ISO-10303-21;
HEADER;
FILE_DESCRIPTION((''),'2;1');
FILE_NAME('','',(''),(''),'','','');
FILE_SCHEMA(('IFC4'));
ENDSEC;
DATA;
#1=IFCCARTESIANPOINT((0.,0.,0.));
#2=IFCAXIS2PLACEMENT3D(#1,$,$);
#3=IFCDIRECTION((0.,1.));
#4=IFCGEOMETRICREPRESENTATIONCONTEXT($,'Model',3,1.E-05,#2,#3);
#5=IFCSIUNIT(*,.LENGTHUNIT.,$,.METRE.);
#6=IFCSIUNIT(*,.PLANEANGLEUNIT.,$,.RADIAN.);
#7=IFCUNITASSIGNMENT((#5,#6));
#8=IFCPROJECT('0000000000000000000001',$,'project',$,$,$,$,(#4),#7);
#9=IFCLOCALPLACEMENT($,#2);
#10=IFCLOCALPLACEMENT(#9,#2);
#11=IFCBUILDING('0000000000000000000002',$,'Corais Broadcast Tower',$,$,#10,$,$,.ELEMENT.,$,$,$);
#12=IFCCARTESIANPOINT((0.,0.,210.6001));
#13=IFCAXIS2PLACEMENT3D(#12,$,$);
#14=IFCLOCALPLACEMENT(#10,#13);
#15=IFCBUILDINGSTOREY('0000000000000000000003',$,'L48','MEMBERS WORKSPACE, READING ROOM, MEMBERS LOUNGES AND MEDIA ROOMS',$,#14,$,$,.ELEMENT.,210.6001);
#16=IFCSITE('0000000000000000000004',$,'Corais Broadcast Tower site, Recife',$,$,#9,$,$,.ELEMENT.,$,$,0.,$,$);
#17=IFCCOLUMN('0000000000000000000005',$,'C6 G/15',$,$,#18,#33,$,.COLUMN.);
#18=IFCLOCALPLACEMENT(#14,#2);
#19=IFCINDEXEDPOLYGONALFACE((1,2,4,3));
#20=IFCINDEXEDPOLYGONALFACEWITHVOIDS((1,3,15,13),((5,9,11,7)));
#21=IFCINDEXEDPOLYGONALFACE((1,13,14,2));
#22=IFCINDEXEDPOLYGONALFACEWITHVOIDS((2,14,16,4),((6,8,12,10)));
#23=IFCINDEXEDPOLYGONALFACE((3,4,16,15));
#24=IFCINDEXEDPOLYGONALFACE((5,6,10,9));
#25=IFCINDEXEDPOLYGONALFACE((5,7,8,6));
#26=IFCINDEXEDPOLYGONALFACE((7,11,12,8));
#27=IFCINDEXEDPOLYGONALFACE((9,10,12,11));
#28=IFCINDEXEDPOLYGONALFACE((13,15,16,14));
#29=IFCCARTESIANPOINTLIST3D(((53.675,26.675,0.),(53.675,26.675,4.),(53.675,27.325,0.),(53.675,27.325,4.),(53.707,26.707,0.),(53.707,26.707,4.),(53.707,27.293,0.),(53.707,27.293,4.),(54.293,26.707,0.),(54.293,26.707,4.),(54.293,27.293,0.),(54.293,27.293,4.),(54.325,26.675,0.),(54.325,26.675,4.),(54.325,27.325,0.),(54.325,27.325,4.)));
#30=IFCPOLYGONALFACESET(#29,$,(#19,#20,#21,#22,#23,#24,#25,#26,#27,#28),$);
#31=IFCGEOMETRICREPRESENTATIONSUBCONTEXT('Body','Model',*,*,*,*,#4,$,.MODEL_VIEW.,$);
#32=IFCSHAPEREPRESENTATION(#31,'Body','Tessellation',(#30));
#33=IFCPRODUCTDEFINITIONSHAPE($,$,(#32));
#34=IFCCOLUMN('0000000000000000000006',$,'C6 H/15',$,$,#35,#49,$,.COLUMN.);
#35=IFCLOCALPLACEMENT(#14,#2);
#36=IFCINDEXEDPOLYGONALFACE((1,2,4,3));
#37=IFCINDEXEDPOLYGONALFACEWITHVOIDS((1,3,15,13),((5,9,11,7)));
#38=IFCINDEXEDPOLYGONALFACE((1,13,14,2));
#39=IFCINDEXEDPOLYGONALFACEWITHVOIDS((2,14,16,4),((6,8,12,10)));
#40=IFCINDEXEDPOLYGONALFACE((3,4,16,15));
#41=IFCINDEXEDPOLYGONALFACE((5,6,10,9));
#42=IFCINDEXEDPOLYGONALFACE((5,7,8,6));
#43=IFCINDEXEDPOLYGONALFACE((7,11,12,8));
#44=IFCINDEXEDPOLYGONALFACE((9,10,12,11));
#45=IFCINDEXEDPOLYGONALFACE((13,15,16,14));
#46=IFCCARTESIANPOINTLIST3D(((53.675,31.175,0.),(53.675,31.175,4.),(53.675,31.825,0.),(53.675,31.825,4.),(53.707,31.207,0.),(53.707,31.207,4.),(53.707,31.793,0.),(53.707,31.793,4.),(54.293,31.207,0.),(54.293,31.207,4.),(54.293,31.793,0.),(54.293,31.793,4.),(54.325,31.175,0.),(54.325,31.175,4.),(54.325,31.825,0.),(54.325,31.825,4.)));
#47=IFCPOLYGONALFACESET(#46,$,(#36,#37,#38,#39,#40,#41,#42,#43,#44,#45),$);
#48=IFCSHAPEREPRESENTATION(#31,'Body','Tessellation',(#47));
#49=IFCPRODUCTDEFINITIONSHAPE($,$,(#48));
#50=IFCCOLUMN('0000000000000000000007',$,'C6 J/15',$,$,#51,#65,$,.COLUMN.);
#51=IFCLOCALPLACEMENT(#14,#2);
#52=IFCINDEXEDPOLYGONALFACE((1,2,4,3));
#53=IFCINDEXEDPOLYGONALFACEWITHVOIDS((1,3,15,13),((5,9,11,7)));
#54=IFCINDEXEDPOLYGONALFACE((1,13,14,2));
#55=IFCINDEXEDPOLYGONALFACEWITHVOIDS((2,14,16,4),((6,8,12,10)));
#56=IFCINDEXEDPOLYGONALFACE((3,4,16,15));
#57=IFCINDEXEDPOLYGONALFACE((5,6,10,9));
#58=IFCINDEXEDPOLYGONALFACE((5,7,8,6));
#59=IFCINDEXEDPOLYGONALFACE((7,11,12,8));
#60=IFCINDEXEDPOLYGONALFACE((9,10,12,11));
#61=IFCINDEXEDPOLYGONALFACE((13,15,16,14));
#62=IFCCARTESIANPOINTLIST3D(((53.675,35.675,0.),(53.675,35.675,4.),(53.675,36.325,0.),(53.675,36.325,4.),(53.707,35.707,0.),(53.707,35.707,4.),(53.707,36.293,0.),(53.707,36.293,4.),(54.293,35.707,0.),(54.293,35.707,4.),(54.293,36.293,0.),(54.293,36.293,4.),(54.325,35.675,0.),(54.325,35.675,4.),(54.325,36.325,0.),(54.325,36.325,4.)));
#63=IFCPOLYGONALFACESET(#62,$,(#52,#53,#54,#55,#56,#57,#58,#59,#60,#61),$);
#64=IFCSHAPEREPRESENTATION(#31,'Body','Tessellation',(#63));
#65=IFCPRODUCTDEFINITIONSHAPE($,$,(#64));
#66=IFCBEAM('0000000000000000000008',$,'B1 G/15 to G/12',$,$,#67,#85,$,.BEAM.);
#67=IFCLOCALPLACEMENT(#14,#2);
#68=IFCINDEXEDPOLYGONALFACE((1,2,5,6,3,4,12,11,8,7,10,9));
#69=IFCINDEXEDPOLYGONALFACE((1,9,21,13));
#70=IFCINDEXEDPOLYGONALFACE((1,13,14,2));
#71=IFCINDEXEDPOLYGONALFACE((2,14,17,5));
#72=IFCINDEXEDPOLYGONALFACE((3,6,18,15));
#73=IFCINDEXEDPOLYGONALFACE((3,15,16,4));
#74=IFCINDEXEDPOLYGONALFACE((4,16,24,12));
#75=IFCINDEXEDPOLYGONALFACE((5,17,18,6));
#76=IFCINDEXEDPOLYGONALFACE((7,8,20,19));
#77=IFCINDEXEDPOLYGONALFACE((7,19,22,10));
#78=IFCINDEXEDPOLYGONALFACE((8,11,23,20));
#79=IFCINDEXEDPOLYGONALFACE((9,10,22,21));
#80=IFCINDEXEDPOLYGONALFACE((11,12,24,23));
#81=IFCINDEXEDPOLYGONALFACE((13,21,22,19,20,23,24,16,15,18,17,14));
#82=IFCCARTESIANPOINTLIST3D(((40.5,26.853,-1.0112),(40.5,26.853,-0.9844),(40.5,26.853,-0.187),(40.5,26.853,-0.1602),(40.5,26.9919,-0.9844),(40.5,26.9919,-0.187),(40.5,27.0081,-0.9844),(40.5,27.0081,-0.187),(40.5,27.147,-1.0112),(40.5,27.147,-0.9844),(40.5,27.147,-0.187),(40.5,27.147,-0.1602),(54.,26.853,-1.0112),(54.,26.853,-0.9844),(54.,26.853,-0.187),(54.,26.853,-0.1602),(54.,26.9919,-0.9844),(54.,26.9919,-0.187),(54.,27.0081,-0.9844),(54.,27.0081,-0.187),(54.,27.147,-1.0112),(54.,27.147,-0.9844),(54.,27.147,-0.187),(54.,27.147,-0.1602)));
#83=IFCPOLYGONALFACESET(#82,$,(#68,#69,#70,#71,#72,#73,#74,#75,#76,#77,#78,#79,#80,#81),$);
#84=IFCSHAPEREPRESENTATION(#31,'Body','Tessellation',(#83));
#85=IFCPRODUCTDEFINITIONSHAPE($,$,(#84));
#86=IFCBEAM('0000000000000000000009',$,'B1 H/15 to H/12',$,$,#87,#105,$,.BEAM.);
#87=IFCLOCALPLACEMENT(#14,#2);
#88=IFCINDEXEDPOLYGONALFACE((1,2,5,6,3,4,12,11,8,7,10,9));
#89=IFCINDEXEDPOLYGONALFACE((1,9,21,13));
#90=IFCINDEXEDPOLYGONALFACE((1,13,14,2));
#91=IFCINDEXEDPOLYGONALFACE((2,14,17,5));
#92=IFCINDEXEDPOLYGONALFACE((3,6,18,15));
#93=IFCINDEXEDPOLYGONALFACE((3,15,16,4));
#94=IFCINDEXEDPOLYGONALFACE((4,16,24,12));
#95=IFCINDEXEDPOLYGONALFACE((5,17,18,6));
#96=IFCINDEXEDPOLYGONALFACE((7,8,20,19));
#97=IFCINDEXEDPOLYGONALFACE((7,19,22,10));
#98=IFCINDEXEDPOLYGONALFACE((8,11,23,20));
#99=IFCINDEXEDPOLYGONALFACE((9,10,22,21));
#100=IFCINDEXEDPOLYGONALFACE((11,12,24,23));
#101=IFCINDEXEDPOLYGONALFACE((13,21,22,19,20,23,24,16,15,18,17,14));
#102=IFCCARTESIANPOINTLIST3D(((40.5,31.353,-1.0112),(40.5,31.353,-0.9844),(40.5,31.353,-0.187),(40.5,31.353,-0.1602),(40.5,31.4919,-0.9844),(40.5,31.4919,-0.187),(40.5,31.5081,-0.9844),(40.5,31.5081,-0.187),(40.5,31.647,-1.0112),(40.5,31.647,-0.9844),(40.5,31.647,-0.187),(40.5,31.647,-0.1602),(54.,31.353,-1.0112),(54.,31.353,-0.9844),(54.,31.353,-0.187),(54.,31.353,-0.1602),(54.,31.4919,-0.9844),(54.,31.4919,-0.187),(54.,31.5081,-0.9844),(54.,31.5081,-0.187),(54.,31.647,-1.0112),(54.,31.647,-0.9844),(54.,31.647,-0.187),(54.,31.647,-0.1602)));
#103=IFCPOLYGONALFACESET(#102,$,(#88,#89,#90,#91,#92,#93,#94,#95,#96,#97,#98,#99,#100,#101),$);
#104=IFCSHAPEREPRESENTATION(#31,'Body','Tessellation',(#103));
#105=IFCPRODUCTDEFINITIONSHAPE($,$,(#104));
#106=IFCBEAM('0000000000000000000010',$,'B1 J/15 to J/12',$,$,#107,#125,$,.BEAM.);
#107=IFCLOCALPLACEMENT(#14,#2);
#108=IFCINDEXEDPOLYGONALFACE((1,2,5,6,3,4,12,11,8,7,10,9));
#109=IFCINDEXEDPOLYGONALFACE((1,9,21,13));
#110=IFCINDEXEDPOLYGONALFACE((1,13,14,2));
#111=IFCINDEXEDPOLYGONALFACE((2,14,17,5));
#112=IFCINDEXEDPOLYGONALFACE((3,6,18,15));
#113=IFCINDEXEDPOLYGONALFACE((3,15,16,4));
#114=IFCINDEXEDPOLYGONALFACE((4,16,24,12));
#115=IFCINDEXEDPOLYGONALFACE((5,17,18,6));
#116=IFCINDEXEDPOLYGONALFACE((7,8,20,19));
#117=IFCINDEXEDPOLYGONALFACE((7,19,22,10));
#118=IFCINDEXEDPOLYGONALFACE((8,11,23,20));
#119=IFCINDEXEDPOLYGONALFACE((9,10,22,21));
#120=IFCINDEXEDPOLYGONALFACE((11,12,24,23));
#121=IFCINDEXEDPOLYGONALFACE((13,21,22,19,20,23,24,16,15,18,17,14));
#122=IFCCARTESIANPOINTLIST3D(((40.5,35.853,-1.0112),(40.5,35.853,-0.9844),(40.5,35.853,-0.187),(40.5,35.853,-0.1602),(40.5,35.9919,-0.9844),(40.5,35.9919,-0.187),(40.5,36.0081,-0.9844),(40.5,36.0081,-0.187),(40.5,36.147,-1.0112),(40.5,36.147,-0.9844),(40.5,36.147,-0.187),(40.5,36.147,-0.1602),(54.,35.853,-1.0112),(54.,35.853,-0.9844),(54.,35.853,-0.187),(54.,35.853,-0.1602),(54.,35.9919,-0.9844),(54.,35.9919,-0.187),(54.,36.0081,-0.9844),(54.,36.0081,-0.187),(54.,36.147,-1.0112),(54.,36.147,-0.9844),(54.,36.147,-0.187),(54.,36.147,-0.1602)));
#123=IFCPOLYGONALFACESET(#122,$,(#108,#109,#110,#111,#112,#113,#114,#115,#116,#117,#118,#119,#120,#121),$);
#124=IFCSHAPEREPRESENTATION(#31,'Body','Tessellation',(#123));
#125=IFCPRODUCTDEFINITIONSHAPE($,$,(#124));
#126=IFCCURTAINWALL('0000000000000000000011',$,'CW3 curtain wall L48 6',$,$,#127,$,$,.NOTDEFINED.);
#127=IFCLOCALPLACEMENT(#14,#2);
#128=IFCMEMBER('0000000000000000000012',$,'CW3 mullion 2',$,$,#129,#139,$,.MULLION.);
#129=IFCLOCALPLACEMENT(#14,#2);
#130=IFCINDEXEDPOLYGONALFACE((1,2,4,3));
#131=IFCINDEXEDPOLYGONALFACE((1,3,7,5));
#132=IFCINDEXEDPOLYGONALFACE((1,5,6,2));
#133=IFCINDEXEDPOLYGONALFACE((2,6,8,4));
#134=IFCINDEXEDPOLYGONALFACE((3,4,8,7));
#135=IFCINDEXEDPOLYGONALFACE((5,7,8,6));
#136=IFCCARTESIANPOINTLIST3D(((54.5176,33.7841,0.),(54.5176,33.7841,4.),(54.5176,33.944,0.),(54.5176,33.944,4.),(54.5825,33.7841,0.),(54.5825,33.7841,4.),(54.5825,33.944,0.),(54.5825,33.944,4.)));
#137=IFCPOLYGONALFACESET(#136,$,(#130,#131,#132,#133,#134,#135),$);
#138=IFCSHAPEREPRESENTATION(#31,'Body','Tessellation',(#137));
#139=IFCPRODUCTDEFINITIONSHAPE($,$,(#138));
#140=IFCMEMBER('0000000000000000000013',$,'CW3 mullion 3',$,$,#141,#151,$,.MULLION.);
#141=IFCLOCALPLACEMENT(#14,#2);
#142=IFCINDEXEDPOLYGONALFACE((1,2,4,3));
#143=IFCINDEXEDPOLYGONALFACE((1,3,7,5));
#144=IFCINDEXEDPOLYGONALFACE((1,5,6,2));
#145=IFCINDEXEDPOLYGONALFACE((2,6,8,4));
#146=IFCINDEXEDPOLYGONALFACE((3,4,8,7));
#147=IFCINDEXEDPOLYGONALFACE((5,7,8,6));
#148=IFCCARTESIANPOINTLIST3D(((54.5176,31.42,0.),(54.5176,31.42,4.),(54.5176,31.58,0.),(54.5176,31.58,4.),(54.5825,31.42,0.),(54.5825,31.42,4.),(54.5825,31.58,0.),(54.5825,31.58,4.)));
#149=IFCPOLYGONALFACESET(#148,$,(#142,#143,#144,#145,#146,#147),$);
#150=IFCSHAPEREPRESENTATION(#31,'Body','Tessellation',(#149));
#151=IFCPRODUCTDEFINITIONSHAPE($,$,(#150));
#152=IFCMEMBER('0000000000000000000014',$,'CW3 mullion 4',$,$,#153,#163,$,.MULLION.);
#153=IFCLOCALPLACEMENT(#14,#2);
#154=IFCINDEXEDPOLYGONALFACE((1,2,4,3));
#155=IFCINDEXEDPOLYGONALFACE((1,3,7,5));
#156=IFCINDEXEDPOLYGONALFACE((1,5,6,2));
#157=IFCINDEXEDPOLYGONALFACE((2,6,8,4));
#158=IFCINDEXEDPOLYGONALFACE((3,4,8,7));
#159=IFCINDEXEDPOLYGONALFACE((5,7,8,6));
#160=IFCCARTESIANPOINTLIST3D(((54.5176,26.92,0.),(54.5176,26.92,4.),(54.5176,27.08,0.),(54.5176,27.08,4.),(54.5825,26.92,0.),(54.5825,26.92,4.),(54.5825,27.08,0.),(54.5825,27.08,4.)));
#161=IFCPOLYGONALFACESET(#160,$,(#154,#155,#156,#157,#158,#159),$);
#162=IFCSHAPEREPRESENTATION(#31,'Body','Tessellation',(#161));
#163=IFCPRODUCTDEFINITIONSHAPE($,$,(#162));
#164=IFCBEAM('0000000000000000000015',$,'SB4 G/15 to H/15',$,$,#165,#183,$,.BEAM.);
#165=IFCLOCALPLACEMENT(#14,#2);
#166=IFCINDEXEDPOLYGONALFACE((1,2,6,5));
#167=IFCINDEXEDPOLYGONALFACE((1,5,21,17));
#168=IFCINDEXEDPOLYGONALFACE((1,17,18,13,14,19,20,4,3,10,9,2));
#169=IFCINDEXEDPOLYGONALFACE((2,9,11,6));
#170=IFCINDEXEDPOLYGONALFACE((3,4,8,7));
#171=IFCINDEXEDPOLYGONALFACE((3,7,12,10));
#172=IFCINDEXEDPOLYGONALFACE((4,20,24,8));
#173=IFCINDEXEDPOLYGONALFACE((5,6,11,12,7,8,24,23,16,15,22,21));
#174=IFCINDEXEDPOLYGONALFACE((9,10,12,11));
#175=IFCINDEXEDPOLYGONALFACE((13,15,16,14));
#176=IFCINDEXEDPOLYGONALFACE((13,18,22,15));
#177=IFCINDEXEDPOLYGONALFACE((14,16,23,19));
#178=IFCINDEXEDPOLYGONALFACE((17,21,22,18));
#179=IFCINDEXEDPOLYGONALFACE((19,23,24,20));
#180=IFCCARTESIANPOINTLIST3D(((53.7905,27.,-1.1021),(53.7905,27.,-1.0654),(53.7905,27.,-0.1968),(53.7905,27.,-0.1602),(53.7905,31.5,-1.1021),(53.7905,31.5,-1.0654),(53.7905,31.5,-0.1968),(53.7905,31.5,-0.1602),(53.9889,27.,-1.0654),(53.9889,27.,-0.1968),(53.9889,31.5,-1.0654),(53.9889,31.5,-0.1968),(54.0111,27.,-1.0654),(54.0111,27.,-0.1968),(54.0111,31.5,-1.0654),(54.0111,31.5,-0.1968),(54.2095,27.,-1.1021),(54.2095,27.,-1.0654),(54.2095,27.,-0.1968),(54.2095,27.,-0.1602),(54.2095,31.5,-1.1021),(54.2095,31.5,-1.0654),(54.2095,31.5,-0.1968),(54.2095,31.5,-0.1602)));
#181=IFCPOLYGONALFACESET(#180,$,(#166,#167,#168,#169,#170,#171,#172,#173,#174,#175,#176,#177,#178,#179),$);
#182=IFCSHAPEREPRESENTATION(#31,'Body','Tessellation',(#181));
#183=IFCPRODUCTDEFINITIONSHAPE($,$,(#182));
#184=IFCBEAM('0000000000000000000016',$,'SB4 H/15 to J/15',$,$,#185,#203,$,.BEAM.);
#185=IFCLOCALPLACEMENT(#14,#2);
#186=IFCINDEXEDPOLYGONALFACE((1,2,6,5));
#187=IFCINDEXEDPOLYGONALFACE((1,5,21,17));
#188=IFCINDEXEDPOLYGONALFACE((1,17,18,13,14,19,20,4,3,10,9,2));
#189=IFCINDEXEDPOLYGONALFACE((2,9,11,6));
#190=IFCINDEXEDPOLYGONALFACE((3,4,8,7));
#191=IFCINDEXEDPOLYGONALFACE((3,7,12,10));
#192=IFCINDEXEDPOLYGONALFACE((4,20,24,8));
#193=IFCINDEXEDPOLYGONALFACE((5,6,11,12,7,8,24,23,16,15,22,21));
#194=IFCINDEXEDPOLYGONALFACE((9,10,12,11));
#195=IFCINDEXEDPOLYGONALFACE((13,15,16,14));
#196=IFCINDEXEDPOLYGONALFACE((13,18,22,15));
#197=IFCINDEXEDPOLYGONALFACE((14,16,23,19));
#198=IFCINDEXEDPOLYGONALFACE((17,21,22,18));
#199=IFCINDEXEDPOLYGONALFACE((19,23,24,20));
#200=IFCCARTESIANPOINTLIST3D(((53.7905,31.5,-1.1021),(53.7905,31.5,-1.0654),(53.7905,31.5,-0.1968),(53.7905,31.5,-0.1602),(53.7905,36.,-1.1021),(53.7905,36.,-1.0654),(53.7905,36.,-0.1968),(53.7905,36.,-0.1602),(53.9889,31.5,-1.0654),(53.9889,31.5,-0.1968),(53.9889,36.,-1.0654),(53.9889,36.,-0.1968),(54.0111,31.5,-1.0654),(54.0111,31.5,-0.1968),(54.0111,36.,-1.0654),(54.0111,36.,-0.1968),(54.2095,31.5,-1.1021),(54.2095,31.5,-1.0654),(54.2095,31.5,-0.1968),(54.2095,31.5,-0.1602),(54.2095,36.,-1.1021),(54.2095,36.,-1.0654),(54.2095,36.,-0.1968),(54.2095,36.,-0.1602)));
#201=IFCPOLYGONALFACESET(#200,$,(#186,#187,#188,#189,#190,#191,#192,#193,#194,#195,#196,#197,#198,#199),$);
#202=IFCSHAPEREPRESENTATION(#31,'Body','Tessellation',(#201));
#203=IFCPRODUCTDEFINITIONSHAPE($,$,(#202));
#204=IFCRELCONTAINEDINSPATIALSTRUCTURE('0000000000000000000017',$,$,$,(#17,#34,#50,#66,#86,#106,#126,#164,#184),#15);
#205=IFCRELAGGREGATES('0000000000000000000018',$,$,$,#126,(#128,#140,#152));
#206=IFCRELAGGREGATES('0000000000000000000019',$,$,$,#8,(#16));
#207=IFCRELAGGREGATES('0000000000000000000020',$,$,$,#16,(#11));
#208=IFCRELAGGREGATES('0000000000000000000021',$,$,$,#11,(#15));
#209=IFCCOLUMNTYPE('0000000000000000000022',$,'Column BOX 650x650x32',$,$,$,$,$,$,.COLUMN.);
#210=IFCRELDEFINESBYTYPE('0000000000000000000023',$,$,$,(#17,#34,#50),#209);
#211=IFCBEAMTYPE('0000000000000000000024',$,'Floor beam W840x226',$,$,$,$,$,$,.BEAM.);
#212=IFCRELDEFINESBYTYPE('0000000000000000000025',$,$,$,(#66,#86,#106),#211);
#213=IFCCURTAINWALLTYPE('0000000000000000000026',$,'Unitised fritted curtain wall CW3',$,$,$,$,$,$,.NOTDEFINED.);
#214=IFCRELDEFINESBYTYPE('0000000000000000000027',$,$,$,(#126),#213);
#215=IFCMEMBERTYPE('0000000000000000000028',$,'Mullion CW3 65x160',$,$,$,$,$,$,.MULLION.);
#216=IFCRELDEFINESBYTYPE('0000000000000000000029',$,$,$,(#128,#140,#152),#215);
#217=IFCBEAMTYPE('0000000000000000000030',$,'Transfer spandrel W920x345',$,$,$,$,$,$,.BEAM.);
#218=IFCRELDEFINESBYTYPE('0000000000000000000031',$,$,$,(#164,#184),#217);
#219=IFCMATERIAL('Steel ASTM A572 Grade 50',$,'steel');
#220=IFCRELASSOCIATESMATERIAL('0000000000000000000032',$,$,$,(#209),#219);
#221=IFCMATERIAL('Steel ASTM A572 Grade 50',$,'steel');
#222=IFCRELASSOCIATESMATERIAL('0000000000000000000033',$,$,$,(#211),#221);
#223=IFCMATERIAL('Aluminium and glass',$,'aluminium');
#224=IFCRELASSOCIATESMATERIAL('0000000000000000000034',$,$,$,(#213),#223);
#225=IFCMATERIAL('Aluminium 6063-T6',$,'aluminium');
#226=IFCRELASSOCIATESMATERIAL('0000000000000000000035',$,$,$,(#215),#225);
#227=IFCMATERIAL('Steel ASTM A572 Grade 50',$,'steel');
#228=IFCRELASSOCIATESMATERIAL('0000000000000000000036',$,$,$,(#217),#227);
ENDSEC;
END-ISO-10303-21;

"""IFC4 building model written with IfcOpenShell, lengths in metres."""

from ifc_helpers import new_model, si_unit, direction, frame, origin, origin_2d, place, context, subcontext, project, spatial, rectangle, hollow_rectangle, i_section, extrude, material, material_profile, profile_set, type_object, element, aggregate, save


model = new_model("IFC4")

# Units and contexts
model_context = context("Model", 3, precision=1e-05, world=origin(), true_north=direction((0.0, 1.0)))
body_context = subcontext(model_context, "Body", "Model", "MODEL_VIEW")
ifc_project = project(units=[si_unit("LENGTHUNIT", "METRE"), si_unit("PLANEANGLEUNIT", "RADIAN")], contexts=[model_context])

# Site, building, storey
site_placement = place(None, origin())
site = spatial("IfcSite", under=ifc_project, at=site_placement, Name="Corais Broadcast Tower site, Recife", CompositionType="ELEMENT", RefElevation=0.0)
building_placement = place(site_placement, origin())
building = spatial("IfcBuilding", under=site, at=building_placement, Name="Corais Broadcast Tower", CompositionType="ELEMENT")
storey_placement = place(building_placement, frame((0.0, 0.0, 210.6001)))
storey = spatial("IfcBuildingStorey", under=building, at=storey_placement, Name="L48", Description="MEMBERS WORKSPACE, READING ROOM, MEMBERS LOUNGES AND MEDIA ROOMS", CompositionType="ELEMENT", Elevation=210.6001)

# Columns
ifc_material_1 = material(Name="Steel ASTM A572 Grade 50", Category="steel")
ifc_material_profile_1 = material_profile(ifc_material_1, hollow_rectangle(XDim=0.6499, YDim=0.6499, WallThickness=0.032, at=origin_2d()), Name="BOX 650x650x32")
ifc_profile_set_1 = profile_set([ifc_material_profile_1], Name="Steel ASTM A572 Grade 50")
column_type = type_object("IfcColumnType", Name="Column BOX 650x650x32", PredefinedType="COLUMN", material=ifc_profile_set_1)
for number, where, z_axis, x_axis, name in (
    (1, (54.0, 27.0, 0.0), (0.0, 0.0, 1.0), (1.0, 0.0, 0.0), "C6 G/15"),
    (2, (54.0, 31.5, 0.0), (0.0, 0.0, 1.0), (1.0, 0.0, 0.0), "C6 H/15"),
    (3, (54.0, 36.0, 0.0), (0.0, 0.0, 1.0), (1.0, 0.0, 0.0), "C6 J/15"),
):
    element("IfcColumn", number, at=place(storey_placement, frame(where, z_axis=z_axis, x_axis=x_axis)), inside=storey, type_object=column_type, Name=name, PredefinedType="COLUMN", context=body_context, shape_type="SweptSolid", body=[
        extrude(hollow_rectangle(XDim=0.6499, YDim=0.6499, WallThickness=0.032, at=origin_2d()), origin(), (0.0, 0.0, 1.0), 4.0),
    ])

# Beams
ifc_material_2 = material(Name="Steel ASTM A572 Grade 50", Category="steel")
ifc_material_profile_2 = material_profile(ifc_material_2, i_section(OverallWidth=0.2939, OverallDepth=0.8511, WebThickness=0.0161, FlangeThickness=0.0269, at=origin_2d()), Name="W840x226")
ifc_profile_set_2 = profile_set([ifc_material_profile_2], Name="Steel ASTM A572 Grade 50")
beam_type_1 = type_object("IfcBeamType", Name="Floor beam W840x226", PredefinedType="BEAM", material=ifc_profile_set_2)
for number, where, z_axis, x_axis, name in (
    (4, (54.0, 27.0, -0.5857), (-1.0, 0.0, 0.0), (0.0, -1.0, 0.0), "B1 G/15 to G/12"),
    (5, (54.0, 31.5, -0.5857), (-1.0, 0.0, 0.0), (0.0, -1.0, 0.0), "B1 H/15 to H/12"),
    (6, (54.0, 36.0, -0.5857), (-1.0, 0.0, 0.0), (0.0, -1.0, 0.0), "B1 J/15 to J/12"),
):
    element("IfcBeam", number, at=place(storey_placement, frame(where, z_axis=z_axis, x_axis=x_axis)), inside=storey, type_object=beam_type_1, Name=name, PredefinedType="BEAM", context=body_context, shape_type="SweptSolid", body=[
        extrude(i_section(OverallWidth=0.2939, OverallDepth=0.8511, WebThickness=0.0161, FlangeThickness=0.0269, at=origin_2d()), origin(), (0.0, 0.0, 1.0), 13.5),
    ])

# Curtain wall, members
ifc_material_3 = material(Name="Aluminium and glass", Category="aluminium")
curtain_wall_type = type_object("IfcCurtainWallType", Name="Unitised fritted curtain wall CW3", PredefinedType="NOTDEFINED", material=ifc_material_3)
curtain_wall_placement = place(storey_placement, origin())
curtain_wall = element("IfcCurtainWall", 7, at=curtain_wall_placement, inside=storey, type_object=curtain_wall_type, Name="CW3 curtain wall L48 6", PredefinedType="NOTDEFINED")
ifc_material_4 = material(Name="Aluminium 6063-T6", Category="aluminium")
ifc_material_profile_3 = material_profile(ifc_material_4, rectangle(XDim=0.0649, YDim=0.1599, at=origin_2d()), Name="Mullion CW3 65x160")
ifc_profile_set_3 = profile_set([ifc_material_profile_3], Name="Aluminium 6063-T6")
member_type_1 = type_object("IfcMemberType", Name="Mullion CW3 65x160", PredefinedType="MULLION", material=ifc_profile_set_3)
member_1_placement = place(storey_placement, frame((54.55, 33.864, 0.0), z_axis=(0.0, 0.0, 1.0), x_axis=(1.0, 0.0, 0.0)))
member_1 = element("IfcMember", 8, at=member_1_placement, type_object=member_type_1, Name="CW3 mullion 2", PredefinedType="MULLION", context=body_context, shape_type="SweptSolid", body=[
    extrude(rectangle(XDim=0.0649, YDim=0.1599, at=origin_2d()), origin(), (0.0, 0.0, 1.0), 4.0),
])
member_2_placement = place(storey_placement, frame((54.55, 31.5, 0.0), z_axis=(0.0, 0.0, 1.0), x_axis=(1.0, 0.0, 0.0)))
member_2 = element("IfcMember", 9, at=member_2_placement, type_object=member_type_1, Name="CW3 mullion 3", PredefinedType="MULLION", context=body_context, shape_type="SweptSolid", body=[
    extrude(rectangle(XDim=0.0649, YDim=0.1599, at=origin_2d()), origin(), (0.0, 0.0, 1.0), 4.0),
])
member_3_placement = place(storey_placement, frame((54.55, 27.0, 0.0), z_axis=(0.0, 0.0, 1.0), x_axis=(1.0, 0.0, 0.0)))
member_3 = element("IfcMember", 10, at=member_3_placement, type_object=member_type_1, Name="CW3 mullion 4", PredefinedType="MULLION", context=body_context, shape_type="SweptSolid", body=[
    extrude(rectangle(XDim=0.0649, YDim=0.1599, at=origin_2d()), origin(), (0.0, 0.0, 1.0), 4.0),
])

# Beams
ifc_material_5 = material(Name="Steel ASTM A572 Grade 50", Category="steel")
ifc_material_profile_4 = material_profile(ifc_material_5, i_section(OverallWidth=0.4189, OverallDepth=0.9419, WebThickness=0.0222, FlangeThickness=0.0366, at=origin_2d()), Name="W920x345")
ifc_profile_set_4 = profile_set([ifc_material_profile_4], Name="Steel ASTM A572 Grade 50")
beam_type_2 = type_object("IfcBeamType", Name="Transfer spandrel W920x345", PredefinedType="BEAM", material=ifc_profile_set_4)
for number, where, z_axis, x_axis, name in (
    (11, (54.0, 27.0, -0.6311), (0.0, 1.0, 0.0), (-1.0, 0.0, 0.0), "SB4 G/15 to H/15"),
    (12, (54.0, 31.5, -0.6311), (0.0, 1.0, 0.0), (-1.0, 0.0, 0.0), "SB4 H/15 to J/15"),
):
    element("IfcBeam", number, at=place(storey_placement, frame(where, z_axis=z_axis, x_axis=x_axis)), inside=storey, type_object=beam_type_2, Name=name, PredefinedType="BEAM", context=body_context, shape_type="SweptSolid", body=[
        extrude(i_section(OverallWidth=0.4189, OverallDepth=0.9419, WebThickness=0.0222, FlangeThickness=0.0366, at=origin_2d()), origin(), (0.0, 0.0, 1.0), 4.5),
    ])

aggregate(curtain_wall, [member_1, member_2, member_3])

save(model, "model.ifc")
